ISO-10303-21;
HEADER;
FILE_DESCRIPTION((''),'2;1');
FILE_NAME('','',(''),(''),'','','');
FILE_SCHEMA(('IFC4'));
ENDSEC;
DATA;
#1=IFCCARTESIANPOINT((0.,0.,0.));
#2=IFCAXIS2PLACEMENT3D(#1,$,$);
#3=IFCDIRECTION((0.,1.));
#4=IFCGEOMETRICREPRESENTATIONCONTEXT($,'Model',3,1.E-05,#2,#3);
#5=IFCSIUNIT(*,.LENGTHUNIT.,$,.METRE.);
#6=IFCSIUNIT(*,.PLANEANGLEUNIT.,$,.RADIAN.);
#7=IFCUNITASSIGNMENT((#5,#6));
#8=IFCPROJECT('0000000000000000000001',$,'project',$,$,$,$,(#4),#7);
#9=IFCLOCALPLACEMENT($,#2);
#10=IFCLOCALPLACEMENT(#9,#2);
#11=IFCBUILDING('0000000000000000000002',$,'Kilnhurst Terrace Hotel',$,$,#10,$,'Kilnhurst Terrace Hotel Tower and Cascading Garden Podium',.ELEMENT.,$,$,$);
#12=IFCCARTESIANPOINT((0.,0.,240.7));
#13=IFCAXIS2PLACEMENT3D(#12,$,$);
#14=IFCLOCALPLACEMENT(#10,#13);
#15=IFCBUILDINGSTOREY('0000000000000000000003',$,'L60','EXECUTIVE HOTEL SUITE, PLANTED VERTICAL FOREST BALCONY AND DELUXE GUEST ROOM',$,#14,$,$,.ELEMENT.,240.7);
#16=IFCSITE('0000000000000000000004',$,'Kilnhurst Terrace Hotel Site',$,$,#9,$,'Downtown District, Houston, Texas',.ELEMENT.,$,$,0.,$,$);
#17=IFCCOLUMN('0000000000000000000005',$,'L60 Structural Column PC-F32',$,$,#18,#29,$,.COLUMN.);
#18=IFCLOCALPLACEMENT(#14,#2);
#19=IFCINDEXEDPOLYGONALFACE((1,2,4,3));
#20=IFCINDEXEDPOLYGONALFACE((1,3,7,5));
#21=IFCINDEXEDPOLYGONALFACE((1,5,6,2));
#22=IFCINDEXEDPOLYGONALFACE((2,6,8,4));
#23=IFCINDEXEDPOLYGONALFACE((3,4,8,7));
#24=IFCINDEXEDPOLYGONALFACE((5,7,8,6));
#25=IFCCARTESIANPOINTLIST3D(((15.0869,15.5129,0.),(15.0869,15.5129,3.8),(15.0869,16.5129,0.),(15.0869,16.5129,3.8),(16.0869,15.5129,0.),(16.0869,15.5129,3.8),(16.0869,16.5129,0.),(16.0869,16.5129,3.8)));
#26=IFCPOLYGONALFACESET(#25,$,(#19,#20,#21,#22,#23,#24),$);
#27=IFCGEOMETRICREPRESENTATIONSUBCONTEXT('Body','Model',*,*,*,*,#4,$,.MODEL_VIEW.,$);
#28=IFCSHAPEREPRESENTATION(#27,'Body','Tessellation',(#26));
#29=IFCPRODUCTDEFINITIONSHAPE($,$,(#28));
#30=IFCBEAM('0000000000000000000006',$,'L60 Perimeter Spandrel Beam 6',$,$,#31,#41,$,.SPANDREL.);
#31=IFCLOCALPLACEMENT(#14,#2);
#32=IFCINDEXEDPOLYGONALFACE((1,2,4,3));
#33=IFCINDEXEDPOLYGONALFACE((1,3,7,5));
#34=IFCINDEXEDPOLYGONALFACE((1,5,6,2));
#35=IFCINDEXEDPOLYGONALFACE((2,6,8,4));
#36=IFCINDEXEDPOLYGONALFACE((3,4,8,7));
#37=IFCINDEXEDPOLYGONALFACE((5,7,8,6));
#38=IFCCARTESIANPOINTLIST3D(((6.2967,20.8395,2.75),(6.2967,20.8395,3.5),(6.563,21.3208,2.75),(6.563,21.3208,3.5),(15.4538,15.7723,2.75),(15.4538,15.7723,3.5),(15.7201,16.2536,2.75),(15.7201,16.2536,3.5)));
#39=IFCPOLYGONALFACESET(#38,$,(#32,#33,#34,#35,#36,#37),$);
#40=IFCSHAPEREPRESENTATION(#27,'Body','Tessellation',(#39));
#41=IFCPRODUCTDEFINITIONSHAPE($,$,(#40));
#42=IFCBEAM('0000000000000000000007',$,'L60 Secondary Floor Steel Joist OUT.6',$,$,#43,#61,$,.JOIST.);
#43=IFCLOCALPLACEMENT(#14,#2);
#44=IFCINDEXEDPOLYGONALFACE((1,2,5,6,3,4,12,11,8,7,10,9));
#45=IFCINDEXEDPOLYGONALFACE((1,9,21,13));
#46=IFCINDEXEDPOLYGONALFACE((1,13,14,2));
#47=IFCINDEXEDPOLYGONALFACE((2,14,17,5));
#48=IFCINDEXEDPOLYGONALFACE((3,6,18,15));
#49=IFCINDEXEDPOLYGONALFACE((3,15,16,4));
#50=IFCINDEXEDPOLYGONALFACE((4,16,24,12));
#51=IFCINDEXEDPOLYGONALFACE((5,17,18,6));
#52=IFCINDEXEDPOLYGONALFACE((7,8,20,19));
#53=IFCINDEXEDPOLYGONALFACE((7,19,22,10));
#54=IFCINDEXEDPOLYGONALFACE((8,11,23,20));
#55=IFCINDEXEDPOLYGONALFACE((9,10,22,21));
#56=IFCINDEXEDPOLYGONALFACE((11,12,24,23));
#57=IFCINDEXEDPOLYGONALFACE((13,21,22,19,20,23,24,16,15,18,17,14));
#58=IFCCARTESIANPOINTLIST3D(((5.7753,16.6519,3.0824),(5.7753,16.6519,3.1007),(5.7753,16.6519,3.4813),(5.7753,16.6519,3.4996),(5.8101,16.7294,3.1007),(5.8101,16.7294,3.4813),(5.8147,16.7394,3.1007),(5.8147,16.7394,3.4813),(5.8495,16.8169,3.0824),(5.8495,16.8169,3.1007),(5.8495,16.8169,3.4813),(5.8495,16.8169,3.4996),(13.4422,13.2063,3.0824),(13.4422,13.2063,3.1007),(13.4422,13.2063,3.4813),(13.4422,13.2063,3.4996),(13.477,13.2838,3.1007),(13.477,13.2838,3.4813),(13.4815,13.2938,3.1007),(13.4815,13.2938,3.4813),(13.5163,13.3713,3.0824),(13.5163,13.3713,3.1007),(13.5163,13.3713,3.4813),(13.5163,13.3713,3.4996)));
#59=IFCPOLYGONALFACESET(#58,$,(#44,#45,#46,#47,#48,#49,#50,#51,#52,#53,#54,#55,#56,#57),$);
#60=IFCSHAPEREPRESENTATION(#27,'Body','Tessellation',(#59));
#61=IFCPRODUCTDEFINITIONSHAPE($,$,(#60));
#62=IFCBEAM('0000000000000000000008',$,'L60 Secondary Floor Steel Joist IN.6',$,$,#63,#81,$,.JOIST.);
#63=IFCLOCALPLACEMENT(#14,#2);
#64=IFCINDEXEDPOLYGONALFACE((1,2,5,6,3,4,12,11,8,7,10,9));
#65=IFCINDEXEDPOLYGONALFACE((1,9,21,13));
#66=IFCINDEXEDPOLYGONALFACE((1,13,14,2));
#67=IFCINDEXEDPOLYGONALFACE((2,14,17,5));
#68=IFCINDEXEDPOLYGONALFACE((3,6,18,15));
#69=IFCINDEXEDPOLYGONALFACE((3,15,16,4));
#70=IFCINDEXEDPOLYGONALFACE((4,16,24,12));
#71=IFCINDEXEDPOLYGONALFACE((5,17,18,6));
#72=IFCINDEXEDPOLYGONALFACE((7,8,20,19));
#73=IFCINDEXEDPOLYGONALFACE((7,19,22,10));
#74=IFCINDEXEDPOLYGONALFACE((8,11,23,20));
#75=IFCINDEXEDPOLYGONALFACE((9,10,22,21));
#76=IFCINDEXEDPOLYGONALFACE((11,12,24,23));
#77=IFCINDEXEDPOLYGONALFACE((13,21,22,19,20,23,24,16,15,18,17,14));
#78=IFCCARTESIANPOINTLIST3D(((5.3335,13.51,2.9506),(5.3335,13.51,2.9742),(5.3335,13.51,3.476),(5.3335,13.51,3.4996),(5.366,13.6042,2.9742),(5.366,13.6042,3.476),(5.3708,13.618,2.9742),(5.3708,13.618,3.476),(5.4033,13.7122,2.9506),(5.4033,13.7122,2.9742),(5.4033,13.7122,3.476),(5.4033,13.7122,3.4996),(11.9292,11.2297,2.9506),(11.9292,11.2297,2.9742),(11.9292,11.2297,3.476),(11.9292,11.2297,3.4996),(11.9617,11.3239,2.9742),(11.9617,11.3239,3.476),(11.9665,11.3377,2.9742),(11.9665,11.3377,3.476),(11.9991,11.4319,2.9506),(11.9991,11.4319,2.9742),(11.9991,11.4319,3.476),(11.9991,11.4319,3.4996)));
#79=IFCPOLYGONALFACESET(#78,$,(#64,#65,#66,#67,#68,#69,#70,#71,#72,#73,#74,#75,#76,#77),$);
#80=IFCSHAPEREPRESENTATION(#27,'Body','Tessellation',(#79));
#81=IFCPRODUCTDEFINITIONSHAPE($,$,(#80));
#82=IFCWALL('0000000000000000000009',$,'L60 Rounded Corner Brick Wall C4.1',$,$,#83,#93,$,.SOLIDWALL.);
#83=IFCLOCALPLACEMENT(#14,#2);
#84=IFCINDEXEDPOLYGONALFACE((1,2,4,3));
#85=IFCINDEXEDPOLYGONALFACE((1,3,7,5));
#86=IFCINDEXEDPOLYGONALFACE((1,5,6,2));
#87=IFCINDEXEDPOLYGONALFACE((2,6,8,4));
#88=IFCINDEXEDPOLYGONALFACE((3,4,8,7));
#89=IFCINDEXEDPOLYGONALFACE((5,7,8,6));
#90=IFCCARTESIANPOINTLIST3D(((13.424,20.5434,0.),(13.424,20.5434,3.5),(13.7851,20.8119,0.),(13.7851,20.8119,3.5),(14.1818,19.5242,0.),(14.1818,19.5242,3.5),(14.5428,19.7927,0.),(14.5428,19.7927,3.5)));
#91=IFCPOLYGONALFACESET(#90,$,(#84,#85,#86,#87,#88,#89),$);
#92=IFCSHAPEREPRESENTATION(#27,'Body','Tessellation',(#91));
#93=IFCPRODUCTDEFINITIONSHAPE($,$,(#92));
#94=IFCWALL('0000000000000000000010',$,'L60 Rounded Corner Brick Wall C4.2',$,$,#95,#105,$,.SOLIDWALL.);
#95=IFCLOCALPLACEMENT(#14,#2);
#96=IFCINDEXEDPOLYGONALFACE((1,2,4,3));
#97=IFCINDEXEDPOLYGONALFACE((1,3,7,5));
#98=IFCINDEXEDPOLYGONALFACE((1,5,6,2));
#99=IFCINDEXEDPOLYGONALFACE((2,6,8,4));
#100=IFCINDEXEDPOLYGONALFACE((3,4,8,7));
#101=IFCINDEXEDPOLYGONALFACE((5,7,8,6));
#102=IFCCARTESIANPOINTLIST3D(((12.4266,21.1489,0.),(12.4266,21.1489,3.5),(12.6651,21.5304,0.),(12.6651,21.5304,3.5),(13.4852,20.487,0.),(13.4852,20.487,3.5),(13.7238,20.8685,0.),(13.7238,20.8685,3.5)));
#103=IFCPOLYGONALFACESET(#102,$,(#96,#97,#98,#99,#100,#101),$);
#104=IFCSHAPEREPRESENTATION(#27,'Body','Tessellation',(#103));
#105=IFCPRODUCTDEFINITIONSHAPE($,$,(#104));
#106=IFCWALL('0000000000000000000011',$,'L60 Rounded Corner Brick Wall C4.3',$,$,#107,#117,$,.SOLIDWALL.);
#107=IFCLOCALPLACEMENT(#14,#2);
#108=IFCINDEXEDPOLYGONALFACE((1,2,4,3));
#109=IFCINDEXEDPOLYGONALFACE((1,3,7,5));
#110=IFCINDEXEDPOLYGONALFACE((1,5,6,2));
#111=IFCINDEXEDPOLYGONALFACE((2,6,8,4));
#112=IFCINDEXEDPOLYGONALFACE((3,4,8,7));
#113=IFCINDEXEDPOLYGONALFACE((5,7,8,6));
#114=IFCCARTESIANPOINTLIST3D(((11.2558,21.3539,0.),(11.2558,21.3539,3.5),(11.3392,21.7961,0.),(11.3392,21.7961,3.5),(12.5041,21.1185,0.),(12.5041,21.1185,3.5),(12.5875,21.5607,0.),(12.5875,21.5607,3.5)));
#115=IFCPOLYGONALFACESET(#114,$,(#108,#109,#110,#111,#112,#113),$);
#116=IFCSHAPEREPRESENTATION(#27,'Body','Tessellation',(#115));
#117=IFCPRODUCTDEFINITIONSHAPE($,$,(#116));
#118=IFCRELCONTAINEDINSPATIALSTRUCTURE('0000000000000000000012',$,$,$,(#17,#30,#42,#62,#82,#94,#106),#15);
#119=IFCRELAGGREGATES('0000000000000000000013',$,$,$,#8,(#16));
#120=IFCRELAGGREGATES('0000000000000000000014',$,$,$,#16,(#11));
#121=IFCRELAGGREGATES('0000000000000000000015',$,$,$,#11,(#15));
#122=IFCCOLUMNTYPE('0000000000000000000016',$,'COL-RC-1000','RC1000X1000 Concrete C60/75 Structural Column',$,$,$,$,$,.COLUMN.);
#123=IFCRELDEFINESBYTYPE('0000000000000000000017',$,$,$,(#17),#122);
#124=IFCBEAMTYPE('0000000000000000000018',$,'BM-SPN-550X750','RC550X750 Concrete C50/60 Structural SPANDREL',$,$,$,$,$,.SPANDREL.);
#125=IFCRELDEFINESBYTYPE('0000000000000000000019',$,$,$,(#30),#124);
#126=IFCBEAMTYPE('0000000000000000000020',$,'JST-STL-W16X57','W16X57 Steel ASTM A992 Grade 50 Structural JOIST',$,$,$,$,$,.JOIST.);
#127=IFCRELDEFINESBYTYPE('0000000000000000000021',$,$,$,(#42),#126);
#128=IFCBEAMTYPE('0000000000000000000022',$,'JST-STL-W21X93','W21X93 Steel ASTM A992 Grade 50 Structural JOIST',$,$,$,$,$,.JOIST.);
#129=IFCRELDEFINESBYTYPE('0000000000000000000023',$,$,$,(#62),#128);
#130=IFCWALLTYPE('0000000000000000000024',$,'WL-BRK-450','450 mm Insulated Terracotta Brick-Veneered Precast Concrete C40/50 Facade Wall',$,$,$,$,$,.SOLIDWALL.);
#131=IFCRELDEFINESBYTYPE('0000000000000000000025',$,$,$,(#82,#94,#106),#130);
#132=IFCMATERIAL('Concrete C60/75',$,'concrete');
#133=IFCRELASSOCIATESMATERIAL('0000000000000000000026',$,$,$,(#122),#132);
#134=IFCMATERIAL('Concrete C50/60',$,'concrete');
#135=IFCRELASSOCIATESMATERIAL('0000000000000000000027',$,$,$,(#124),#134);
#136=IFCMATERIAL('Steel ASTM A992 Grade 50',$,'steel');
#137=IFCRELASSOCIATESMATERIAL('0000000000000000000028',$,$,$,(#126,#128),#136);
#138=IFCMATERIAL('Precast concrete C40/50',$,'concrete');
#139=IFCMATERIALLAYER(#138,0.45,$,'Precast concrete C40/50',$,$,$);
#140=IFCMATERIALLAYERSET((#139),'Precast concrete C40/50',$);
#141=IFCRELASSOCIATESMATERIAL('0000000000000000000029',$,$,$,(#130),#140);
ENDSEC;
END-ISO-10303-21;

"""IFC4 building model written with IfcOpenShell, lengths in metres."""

from ifc_helpers import new_model, si_unit, direction, frame, frame_2d, origin, origin_2d, place, context, subcontext, project, spatial, rectangle, i_section, extrude, material, layer, layer_set, material_profile, profile_set, type_object, element, save


model = new_model("IFC4")

# Units and contexts
model_context = context("Model", 3, precision=1e-05, world=origin(), true_north=direction((0.0, 1.0)))
body_context = subcontext(model_context, "Body", "Model", "MODEL_VIEW")
ifc_project = project(units=[si_unit("LENGTHUNIT", "METRE"), si_unit("PLANEANGLEUNIT", "RADIAN")], contexts=[model_context])

# Site, building, storey
site_placement = place(None, origin())
site = spatial("IfcSite", under=ifc_project, at=site_placement, Name="Kilnhurst Terrace Hotel Site", LongName="Downtown District, Houston, Texas", CompositionType="ELEMENT", RefElevation=0.0)
building_placement = place(site_placement, origin())
building = spatial("IfcBuilding", under=site, at=building_placement, Name="Kilnhurst Terrace Hotel", LongName="Kilnhurst Terrace Hotel Tower and Cascading Garden Podium", CompositionType="ELEMENT")
storey_placement = place(building_placement, frame((0.0, 0.0, 240.7)))
storey = spatial("IfcBuildingStorey", under=building, at=storey_placement, Name="L60", Description="EXECUTIVE HOTEL SUITE, PLANTED VERTICAL FOREST BALCONY AND DELUXE GUEST ROOM", CompositionType="ELEMENT", Elevation=240.7)

# Column
ifc_material_1 = material(Name="Concrete C60/75", Category="concrete")
ifc_material_profile_1 = material_profile(ifc_material_1, rectangle(XDim=1.0, YDim=1.0, at=origin_2d()), Name="RC1000X1000")
ifc_profile_set_1 = profile_set([ifc_material_profile_1], Name="Concrete C60/75")
column_type = type_object("IfcColumnType", Name="COL-RC-1000", Description="RC1000X1000 Concrete C60/75 Structural Column", PredefinedType="COLUMN", material=ifc_profile_set_1)
column_placement = place(storey_placement, frame((15.5869, 16.0129, 0.0), z_axis=(0.0, 0.0, 1.0), x_axis=(1.0, 0.0, 0.0)))
element("IfcColumn", 1, at=column_placement, inside=storey, type_object=column_type, Name="L60 Structural Column PC-F32", PredefinedType="COLUMN", context=body_context, shape_type="SweptSolid", body=[
    extrude(rectangle(XDim=1.0, YDim=1.0, at=origin_2d()), origin(), (0.0, 0.0, 1.0), 3.8),
])

# Beams
ifc_material_2 = material(Name="Concrete C50/60", Category="concrete")
ifc_material_profile_2 = material_profile(ifc_material_2, rectangle(XDim=0.55, YDim=0.75, at=origin_2d()), Name="RC550X750")
ifc_profile_set_2 = profile_set([ifc_material_profile_2], Name="Concrete C50/60")
beam_type_1 = type_object("IfcBeamType", Name="BM-SPN-550X750", Description="RC550X750 Concrete C50/60 Structural SPANDREL", PredefinedType="SPANDREL", material=ifc_profile_set_2)
beam_1_placement = place(storey_placement, frame((15.5869, 16.0129, 3.125), z_axis=(-0.87497, 0.484177, 0.0), x_axis=(-0.484177, -0.87497, 0.0)))
element("IfcBeam", 2, at=beam_1_placement, inside=storey, type_object=beam_type_1, Name="L60 Perimeter Spandrel Beam 6", PredefinedType="SPANDREL", context=body_context, shape_type="SweptSolid", body=[
    extrude(rectangle(XDim=0.55, YDim=0.75, at=origin_2d()), origin(), (0.0, 0.0, 1.0), 10.4656),
])
ifc_material_3 = material(Name="Steel ASTM A992 Grade 50", Category="steel")
ifc_material_profile_3 = material_profile(ifc_material_3, i_section(OverallWidth=0.1809, OverallDepth=0.4172, WebThickness=0.011, FlangeThickness=0.0183, at=origin_2d()), Name="W16X57")
ifc_profile_set_3 = profile_set([ifc_material_profile_3], Name="Steel ASTM A992 Grade 50")
beam_type_2 = type_object("IfcBeamType", Name="JST-STL-W16X57", Description="W16X57 Steel ASTM A992 Grade 50 Structural JOIST", PredefinedType="JOIST", material=ifc_profile_set_3)
beam_2_placement = place(storey_placement, frame((13.4792, 13.2888, 3.291), z_axis=(-0.912121, 0.409921, 0.0), x_axis=(-0.409921, -0.912121, 0.0)))
element("IfcBeam", 3, at=beam_2_placement, inside=storey, type_object=beam_type_2, Name="L60 Secondary Floor Steel Joist OUT.6", PredefinedType="JOIST", context=body_context, shape_type="SweptSolid", body=[
    extrude(i_section(OverallWidth=0.1809, OverallDepth=0.4172, WebThickness=0.011, FlangeThickness=0.0183, at=origin_2d()), origin(), (0.0, 0.0, 1.0), 8.4055),
])
ifc_material_profile_4 = material_profile(ifc_material_3, i_section(OverallWidth=0.2139, OverallDepth=0.5491, WebThickness=0.0146, FlangeThickness=0.0237, at=origin_2d()), Name="W21X93")
ifc_profile_set_4 = profile_set([ifc_material_profile_4], Name="Steel ASTM A992 Grade 50")
beam_type_3 = type_object("IfcBeamType", Name="JST-STL-W21X93", Description="W21X93 Steel ASTM A992 Grade 50 Structural JOIST", PredefinedType="JOIST", material=ifc_profile_set_4)
beam_3_placement = place(storey_placement, frame((11.9641, 11.3308, 3.2251), z_axis=(-0.945112, 0.326745, 0.0), x_axis=(-0.326745, -0.945112, 0.0)))
element("IfcBeam", 4, at=beam_3_placement, inside=storey, type_object=beam_type_3, Name="L60 Secondary Floor Steel Joist IN.6", PredefinedType="JOIST", context=body_context, shape_type="SweptSolid", body=[
    extrude(i_section(OverallWidth=0.2139, OverallDepth=0.5491, WebThickness=0.0146, FlangeThickness=0.0237, at=origin_2d()), origin(), (0.0, 0.0, 1.0), 6.9788),
])

# Walls
ifc_material_4 = material(Name="Precast concrete C40/50", Category="concrete")
ifc_layer_1 = layer(ifc_material_4, 0.45, Name="Precast concrete C40/50")
ifc_layer_set_1 = layer_set([ifc_layer_1], Name="Precast concrete C40/50")
wall_type_1 = type_object("IfcWallType", Name="WL-BRK-450", Description="450 mm Insulated Terracotta Brick-Veneered Precast Concrete C40/50 Facade Wall", PredefinedType="SOLIDWALL", material=ifc_layer_set_1)
wall_1_placement = place(storey_placement, frame((14.3623, 19.6584, 0.0), z_axis=(0.0, 0.0, 1.0), x_axis=(-0.596642, 0.802507, 0.0)))
element("IfcWall", 5, at=wall_1_placement, inside=storey, type_object=wall_type_1, Name="L60 Rounded Corner Brick Wall C4.1", PredefinedType="SOLIDWALL", context=body_context, shape_type="SweptSolid", body=[
    extrude(rectangle(XDim=1.27, YDim=0.45, at=frame_2d((0.635, 0.0))), origin(), (0.0, 0.0, 1.0), 3.5),
])
wall_2_placement = place(storey_placement, frame((13.6045, 20.6777, 0.0), z_axis=(0.0, 0.0, 1.0), x_axis=(-0.84791, 0.53014, 0.0)))
element("IfcWall", 6, at=wall_2_placement, inside=storey, type_object=wall_type_1, Name="L60 Rounded Corner Brick Wall C4.2", PredefinedType="SOLIDWALL", context=body_context, shape_type="SweptSolid", body=[
    extrude(rectangle(XDim=1.2485, YDim=0.45, at=frame_2d((0.6243, 0.0))), origin(), (0.0, 0.0, 1.0), 3.5),
])
wall_3_placement = place(storey_placement, frame((12.5459, 21.3396, 0.0), z_axis=(0.0, 0.0, 1.0), x_axis=(-0.982687, 0.185275, 0.0)))
element("IfcWall", 7, at=wall_3_placement, inside=storey, type_object=wall_type_1, Name="L60 Rounded Corner Brick Wall C4.3", PredefinedType="SOLIDWALL", context=body_context, shape_type="SweptSolid", body=[
    extrude(rectangle(XDim=1.2703, YDim=0.45, at=frame_2d((0.6353, 0.0))), origin(), (0.0, 0.0, 1.0), 3.5),
])

save(model, "model.ifc")
